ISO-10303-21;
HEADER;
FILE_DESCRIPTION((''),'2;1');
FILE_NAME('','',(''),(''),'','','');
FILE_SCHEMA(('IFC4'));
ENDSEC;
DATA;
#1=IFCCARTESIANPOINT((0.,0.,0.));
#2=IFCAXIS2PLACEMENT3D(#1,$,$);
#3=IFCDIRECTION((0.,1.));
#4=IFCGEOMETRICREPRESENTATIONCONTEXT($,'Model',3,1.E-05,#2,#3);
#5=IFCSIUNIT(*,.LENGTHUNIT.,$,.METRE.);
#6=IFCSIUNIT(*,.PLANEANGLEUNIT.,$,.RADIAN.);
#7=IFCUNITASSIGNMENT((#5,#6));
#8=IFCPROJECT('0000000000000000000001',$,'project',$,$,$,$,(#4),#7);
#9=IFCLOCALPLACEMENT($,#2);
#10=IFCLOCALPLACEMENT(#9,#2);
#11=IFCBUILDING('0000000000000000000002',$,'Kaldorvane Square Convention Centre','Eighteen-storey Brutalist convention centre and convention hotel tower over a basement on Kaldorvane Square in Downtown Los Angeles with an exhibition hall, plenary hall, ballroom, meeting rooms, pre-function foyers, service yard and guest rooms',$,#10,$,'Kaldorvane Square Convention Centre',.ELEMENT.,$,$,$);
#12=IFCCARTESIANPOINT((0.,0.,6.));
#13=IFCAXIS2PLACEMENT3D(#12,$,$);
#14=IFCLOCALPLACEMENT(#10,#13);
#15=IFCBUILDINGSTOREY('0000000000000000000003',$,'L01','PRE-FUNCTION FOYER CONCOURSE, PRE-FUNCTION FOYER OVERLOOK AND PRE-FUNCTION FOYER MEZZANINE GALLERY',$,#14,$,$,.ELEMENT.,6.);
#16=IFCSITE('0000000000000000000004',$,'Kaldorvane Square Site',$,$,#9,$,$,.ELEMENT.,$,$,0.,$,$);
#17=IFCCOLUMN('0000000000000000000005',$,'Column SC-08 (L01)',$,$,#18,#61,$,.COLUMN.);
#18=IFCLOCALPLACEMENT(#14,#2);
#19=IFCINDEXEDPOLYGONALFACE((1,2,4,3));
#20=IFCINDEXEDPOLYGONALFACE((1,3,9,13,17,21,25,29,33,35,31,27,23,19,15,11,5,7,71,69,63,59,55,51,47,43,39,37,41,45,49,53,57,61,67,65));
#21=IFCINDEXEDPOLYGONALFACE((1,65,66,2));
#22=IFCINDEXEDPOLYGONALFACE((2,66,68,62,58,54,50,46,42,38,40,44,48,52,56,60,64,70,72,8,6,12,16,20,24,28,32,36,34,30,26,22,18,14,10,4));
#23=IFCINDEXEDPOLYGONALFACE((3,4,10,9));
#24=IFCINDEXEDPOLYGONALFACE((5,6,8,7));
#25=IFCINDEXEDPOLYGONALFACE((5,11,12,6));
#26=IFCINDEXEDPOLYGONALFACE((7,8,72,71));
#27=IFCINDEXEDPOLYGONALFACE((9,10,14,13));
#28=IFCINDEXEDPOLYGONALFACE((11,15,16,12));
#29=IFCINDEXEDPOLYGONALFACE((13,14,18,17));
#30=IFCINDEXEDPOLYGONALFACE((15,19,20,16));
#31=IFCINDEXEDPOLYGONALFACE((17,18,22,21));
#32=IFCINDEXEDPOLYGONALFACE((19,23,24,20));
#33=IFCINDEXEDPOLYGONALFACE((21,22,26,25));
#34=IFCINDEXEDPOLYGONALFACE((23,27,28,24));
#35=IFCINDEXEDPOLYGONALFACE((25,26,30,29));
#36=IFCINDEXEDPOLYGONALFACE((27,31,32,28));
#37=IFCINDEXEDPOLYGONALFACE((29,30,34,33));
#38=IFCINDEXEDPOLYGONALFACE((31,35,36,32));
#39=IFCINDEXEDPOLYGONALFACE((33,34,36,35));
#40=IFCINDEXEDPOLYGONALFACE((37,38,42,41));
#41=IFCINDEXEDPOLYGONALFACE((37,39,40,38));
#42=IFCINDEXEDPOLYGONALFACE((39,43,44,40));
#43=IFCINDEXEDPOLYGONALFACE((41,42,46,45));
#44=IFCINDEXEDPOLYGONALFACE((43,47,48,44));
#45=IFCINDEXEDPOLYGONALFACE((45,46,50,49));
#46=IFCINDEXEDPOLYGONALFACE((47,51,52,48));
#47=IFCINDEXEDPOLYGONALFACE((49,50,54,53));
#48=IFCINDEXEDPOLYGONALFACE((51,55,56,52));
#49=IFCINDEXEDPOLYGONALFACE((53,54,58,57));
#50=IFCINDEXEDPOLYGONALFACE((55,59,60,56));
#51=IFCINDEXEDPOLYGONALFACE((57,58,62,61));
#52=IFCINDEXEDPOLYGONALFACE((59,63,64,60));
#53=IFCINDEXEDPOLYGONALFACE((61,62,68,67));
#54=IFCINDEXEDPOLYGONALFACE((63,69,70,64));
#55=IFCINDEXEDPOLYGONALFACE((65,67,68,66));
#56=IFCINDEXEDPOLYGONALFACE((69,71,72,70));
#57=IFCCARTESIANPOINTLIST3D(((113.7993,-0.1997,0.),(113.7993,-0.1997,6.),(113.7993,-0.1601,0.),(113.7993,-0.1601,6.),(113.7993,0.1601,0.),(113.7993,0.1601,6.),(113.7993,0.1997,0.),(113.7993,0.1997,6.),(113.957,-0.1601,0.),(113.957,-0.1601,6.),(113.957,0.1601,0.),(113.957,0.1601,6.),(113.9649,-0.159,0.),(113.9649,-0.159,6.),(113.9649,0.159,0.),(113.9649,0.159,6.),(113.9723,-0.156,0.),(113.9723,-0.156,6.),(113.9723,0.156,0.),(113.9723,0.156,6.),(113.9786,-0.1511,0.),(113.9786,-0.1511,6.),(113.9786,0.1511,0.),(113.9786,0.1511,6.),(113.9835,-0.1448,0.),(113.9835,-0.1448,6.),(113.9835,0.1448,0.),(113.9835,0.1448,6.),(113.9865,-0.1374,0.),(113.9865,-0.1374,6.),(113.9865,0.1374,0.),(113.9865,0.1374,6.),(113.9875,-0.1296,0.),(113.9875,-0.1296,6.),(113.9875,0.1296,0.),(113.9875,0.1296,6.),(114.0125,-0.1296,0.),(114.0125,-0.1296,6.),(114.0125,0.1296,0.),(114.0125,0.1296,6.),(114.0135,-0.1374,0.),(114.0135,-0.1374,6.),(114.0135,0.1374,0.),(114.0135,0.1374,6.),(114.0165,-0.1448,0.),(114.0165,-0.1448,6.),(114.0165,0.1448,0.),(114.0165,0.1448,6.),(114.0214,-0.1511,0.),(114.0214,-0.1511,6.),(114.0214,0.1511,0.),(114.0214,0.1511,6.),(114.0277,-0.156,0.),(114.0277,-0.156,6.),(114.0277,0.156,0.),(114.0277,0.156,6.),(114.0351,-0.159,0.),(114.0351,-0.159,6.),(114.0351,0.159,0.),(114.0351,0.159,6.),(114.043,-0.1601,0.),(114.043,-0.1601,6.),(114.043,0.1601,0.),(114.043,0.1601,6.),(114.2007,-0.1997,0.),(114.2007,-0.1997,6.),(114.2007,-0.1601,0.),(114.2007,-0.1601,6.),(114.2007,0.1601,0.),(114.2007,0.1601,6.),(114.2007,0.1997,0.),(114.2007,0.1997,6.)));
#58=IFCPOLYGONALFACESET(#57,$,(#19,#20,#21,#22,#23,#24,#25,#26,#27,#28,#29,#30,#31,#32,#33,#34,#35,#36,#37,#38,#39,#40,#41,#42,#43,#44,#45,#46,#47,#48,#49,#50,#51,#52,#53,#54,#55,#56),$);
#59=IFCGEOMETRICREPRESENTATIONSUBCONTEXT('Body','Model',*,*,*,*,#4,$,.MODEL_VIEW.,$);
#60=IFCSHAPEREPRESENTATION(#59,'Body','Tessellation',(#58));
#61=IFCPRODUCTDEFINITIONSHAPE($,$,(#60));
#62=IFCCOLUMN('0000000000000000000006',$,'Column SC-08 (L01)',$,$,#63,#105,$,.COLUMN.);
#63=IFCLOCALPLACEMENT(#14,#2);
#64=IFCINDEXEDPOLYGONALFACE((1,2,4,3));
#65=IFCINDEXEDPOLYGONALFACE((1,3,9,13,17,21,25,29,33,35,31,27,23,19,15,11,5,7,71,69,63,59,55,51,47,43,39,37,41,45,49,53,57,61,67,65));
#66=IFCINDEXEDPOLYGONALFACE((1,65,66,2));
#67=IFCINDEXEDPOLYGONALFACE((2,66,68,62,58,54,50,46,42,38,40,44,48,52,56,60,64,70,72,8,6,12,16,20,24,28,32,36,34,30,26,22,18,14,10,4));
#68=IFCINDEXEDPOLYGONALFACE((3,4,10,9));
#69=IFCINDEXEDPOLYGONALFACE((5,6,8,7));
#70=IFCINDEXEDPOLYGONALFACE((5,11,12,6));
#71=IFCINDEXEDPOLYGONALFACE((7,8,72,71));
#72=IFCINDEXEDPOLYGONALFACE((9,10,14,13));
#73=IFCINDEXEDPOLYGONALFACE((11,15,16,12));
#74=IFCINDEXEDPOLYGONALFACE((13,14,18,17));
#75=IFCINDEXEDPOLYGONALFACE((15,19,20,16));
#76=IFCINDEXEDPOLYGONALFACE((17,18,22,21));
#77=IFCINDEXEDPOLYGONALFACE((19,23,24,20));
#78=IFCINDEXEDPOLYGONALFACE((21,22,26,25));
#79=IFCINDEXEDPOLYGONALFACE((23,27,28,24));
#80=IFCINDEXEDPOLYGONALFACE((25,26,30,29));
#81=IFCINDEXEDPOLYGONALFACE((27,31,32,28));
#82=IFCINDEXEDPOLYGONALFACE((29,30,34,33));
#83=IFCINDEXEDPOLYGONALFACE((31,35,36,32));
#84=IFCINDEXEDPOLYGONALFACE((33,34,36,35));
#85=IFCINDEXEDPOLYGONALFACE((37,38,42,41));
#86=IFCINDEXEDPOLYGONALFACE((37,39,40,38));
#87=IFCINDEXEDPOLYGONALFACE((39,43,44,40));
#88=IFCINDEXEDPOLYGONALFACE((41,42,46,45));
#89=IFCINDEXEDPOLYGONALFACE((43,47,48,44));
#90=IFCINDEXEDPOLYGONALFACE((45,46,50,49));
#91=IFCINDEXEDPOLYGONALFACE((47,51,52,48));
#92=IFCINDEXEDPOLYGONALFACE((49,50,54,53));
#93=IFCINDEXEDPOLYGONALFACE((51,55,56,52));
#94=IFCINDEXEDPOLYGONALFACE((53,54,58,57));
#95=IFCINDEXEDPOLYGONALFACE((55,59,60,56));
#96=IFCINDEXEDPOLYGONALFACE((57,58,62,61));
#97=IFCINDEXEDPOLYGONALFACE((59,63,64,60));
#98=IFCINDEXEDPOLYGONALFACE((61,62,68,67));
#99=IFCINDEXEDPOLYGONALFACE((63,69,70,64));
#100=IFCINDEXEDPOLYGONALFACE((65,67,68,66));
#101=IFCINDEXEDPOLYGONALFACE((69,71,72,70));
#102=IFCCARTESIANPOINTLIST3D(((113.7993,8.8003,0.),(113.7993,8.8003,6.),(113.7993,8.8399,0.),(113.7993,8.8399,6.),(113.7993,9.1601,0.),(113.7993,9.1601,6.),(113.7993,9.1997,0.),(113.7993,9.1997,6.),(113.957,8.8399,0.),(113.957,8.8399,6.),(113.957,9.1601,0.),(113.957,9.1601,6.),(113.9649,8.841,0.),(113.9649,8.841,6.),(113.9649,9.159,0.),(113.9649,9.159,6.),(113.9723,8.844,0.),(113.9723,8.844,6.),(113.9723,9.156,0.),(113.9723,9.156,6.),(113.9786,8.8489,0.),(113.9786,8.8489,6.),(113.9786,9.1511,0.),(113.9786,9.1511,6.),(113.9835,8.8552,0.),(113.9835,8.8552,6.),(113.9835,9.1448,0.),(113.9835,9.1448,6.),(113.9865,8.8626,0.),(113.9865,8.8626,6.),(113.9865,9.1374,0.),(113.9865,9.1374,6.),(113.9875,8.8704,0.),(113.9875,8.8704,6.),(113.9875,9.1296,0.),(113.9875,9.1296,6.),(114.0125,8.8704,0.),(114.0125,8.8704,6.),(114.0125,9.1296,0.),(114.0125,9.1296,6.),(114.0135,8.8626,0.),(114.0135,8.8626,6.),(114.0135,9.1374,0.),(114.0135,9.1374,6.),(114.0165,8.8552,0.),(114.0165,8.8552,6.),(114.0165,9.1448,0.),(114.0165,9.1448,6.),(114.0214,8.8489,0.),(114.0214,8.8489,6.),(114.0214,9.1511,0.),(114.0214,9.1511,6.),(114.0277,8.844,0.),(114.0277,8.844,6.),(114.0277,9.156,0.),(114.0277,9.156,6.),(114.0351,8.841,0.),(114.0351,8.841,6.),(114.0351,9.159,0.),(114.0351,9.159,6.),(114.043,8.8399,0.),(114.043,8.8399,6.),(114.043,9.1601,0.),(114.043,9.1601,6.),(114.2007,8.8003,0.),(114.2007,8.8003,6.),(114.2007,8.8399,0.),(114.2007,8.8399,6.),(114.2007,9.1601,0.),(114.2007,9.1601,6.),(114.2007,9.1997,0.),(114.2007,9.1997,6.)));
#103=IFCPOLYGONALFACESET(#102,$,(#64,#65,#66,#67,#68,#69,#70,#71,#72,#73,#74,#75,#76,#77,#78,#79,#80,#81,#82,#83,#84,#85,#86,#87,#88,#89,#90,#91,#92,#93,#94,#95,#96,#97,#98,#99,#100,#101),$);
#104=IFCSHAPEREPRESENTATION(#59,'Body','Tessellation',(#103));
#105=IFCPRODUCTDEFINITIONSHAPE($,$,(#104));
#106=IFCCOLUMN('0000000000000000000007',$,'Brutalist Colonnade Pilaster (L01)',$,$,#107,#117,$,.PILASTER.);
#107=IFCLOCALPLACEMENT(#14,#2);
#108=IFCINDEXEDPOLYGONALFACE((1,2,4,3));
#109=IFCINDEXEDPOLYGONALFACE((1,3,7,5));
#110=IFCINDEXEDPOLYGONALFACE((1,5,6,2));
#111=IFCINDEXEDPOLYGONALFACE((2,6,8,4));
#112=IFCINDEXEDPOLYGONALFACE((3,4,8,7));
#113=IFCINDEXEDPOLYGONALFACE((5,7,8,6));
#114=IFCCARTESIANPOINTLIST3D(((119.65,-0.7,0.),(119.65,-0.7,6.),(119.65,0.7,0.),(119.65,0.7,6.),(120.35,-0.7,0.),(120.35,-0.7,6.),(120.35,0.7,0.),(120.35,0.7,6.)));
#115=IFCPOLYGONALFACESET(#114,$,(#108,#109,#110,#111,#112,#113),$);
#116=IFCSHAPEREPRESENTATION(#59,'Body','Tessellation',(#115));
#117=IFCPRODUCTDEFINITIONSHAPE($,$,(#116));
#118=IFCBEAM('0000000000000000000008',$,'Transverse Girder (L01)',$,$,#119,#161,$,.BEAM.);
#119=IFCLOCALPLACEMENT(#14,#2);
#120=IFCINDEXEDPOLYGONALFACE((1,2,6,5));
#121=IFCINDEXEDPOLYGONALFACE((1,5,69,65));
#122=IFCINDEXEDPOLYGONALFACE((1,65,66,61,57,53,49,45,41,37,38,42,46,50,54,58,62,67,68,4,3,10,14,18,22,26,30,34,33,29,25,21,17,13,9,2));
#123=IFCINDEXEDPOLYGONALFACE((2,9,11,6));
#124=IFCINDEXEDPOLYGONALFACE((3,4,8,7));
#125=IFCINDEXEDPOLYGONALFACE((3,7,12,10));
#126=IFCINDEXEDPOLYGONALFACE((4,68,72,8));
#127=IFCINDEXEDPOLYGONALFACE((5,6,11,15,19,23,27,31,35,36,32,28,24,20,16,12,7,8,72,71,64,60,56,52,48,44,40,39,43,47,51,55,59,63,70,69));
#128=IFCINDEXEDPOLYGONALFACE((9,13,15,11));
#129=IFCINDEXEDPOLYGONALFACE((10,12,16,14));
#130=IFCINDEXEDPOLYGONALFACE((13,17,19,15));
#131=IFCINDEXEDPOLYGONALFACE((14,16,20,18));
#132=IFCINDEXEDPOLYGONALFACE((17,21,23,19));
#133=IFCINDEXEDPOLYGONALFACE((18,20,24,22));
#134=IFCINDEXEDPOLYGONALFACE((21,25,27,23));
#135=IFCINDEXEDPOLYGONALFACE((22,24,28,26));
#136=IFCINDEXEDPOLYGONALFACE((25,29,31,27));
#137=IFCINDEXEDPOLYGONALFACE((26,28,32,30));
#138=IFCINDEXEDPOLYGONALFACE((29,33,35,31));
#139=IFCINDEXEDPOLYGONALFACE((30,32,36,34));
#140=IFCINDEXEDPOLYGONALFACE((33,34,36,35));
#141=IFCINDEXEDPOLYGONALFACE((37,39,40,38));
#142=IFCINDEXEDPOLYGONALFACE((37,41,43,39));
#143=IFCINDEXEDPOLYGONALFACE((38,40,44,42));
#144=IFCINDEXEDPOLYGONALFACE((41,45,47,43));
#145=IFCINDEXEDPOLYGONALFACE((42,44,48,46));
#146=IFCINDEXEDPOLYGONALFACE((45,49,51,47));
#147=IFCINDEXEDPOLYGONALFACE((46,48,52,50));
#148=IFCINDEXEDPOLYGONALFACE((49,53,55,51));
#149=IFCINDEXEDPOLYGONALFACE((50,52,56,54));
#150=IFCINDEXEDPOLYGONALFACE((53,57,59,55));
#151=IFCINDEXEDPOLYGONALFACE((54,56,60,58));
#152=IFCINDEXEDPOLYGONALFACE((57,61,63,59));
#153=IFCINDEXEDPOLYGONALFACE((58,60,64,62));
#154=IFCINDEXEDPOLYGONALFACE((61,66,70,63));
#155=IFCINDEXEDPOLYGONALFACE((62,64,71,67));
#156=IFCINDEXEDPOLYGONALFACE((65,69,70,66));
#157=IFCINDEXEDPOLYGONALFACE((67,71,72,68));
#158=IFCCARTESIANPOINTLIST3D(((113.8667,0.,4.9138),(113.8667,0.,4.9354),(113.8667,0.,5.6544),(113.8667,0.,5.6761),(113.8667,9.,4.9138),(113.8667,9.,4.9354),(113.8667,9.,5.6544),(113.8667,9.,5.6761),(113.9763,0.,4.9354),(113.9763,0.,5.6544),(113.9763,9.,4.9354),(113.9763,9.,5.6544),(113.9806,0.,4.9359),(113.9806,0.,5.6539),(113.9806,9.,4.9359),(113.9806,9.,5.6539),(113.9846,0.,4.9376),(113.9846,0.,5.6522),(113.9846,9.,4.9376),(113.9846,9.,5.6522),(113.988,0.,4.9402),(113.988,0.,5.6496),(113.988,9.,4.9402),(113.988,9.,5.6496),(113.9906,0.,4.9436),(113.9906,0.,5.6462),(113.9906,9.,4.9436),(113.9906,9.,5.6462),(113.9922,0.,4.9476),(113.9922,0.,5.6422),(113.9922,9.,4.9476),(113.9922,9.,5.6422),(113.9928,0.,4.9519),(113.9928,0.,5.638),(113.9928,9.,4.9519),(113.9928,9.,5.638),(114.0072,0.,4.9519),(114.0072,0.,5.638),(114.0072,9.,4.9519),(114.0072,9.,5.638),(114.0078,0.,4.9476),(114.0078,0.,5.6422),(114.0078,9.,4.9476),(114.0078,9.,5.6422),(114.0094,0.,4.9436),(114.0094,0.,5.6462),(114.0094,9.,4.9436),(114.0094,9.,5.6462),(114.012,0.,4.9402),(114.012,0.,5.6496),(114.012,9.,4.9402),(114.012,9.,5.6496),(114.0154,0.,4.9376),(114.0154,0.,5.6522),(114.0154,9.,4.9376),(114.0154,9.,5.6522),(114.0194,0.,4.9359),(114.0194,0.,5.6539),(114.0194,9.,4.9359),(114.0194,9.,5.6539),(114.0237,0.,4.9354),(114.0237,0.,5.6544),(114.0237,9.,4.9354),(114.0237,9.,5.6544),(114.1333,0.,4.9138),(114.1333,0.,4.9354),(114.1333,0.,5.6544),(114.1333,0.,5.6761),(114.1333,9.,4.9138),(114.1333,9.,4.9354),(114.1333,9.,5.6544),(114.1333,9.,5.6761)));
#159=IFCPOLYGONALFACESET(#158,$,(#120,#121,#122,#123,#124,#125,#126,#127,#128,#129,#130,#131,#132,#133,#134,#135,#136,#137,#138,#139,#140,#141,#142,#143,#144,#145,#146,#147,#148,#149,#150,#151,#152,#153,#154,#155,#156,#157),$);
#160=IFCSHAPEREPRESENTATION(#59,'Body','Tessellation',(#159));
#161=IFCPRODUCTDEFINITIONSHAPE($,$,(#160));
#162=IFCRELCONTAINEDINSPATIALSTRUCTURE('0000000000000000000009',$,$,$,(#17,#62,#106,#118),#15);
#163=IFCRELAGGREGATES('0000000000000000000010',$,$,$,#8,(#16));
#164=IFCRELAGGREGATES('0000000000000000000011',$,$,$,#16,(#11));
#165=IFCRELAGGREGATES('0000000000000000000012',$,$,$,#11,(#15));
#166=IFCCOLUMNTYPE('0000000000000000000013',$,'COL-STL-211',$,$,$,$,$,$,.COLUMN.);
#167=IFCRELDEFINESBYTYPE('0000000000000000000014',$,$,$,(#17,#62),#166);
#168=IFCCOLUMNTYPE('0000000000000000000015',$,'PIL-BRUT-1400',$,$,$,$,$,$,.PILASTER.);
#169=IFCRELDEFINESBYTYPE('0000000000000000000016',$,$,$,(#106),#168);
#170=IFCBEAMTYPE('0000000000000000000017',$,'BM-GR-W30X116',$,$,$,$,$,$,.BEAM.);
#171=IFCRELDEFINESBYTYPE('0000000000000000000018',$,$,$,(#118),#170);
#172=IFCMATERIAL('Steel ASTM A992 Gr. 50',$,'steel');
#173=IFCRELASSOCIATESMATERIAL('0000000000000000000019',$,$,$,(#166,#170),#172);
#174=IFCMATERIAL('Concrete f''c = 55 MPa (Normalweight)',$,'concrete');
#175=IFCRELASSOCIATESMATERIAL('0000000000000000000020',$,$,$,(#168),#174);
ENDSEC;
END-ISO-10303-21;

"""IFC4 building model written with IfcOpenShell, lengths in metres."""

from ifc_helpers import new_model, si_unit, direction, frame, origin, origin_2d, place, context, subcontext, project, spatial, rectangle, i_section, extrude, material, material_profile, profile_set, type_object, element, save


model = new_model("IFC4")

# Units and contexts
model_context = context("Model", 3, precision=1e-05, world=origin(), true_north=direction((0.0, 1.0)))
body_context = subcontext(model_context, "Body", "Model", "MODEL_VIEW")
ifc_project = project(units=[si_unit("LENGTHUNIT", "METRE"), si_unit("PLANEANGLEUNIT", "RADIAN")], contexts=[model_context])

# Site, building, storey
site_placement = place(None, origin())
site = spatial("IfcSite", under=ifc_project, at=site_placement, Name="Kaldorvane Square Site", CompositionType="ELEMENT", RefElevation=0.0)
building_placement = place(site_placement, origin())
building = spatial("IfcBuilding", under=site, at=building_placement, Name="Kaldorvane Square Convention Centre", Description="Eighteen-storey Brutalist convention centre and convention hotel tower over a basement on Kaldorvane Square in Downtown Los Angeles with an exhibition hall, plenary hall, ballroom, meeting rooms, pre-function foyers, service yard and guest rooms", LongName="Kaldorvane Square Convention Centre", CompositionType="ELEMENT")
storey_placement = place(building_placement, frame((0.0, 0.0, 6.0)))
storey = spatial("IfcBuildingStorey", under=building, at=storey_placement, Name="L01", Description="PRE-FUNCTION FOYER CONCOURSE, PRE-FUNCTION FOYER OVERLOOK AND PRE-FUNCTION FOYER MEZZANINE GALLERY", CompositionType="ELEMENT", Elevation=6.0)

# Columns
ifc_material_1 = material(Name="Steel ASTM A992 Gr. 50", Category="steel")
ifc_material_profile_1 = material_profile(ifc_material_1, i_section(OverallWidth=0.4013, OverallDepth=0.3993, WebThickness=0.0249, FlangeThickness=0.0396, FilletRadius=0.0305, at=origin_2d()), Name="W14X211")
ifc_profile_set_1 = profile_set([ifc_material_profile_1], Name="Steel ASTM A992 Gr. 50")
column_type_1 = type_object("IfcColumnType", Name="COL-STL-211", PredefinedType="COLUMN", material=ifc_profile_set_1)
for number, where, z_axis, x_axis, name in (
    (1, (114.0, 0.0, 0.0), (0.0, 0.0, 1.0), (1.0, 0.0, 0.0), "Column SC-08 (L01)"),
    (2, (114.0, 9.0, 0.0), (0.0, 0.0, 1.0), (1.0, 0.0, 0.0), "Column SC-08 (L01)"),
):
    element("IfcColumn", number, at=place(storey_placement, frame(where, z_axis=z_axis, x_axis=x_axis)), inside=storey, type_object=column_type_1, Name=name, PredefinedType="COLUMN", context=body_context, shape_type="SweptSolid", body=[
        extrude(i_section(OverallWidth=0.4013, OverallDepth=0.3993, WebThickness=0.0249, FlangeThickness=0.0396, FilletRadius=0.0305, at=origin_2d()), origin(), (0.0, 0.0, 1.0), 6.0),
    ])
ifc_material_2 = material(Name="Concrete f'c = 55 MPa (Normalweight)", Category="concrete")
ifc_material_profile_2 = material_profile(ifc_material_2, rectangle(XDim=0.7, YDim=1.4, at=origin_2d()), Name="PIL1400X700")
ifc_profile_set_2 = profile_set([ifc_material_profile_2], Name="Concrete f'c = 55 MPa (Normalweight)")
column_type_2 = type_object("IfcColumnType", Name="PIL-BRUT-1400", PredefinedType="PILASTER", material=ifc_profile_set_2)
column_placement = place(storey_placement, frame((120.0, 0.0, 0.0), z_axis=(0.0, 0.0, 1.0), x_axis=(1.0, 0.0, 0.0)))
element("IfcColumn", 3, at=column_placement, inside=storey, type_object=column_type_2, Name="Brutalist Colonnade Pilaster (L01)", PredefinedType="PILASTER", context=body_context, shape_type="SweptSolid", body=[
    extrude(rectangle(XDim=0.7, YDim=1.4, at=origin_2d()), origin(), (0.0, 0.0, 1.0), 6.0),
])

# Beam
ifc_material_profile_3 = material_profile(ifc_material_1, i_section(OverallWidth=0.2666, OverallDepth=0.7623, WebThickness=0.0144, FlangeThickness=0.0216, FilletRadius=0.0165, at=origin_2d()), Name="W30X116")
ifc_profile_set_3 = profile_set([ifc_material_profile_3], Name="Steel ASTM A992 Gr. 50")
beam_type_1 = type_object("IfcBeamType", Name="BM-GR-W30X116", PredefinedType="BEAM", material=ifc_profile_set_3)
for number, where, z_axis, x_axis, name in (
    (4, (114.0, 0.0, 5.2949), (0.0, 1.0, 0.0), (-1.0, 0.0, 0.0), "Transverse Girder (L01)"),
):
    element("IfcBeam", number, at=place(storey_placement, frame(where, z_axis=z_axis, x_axis=x_axis)), inside=storey, type_object=beam_type_1, Name=name, PredefinedType="BEAM", context=body_context, shape_type="SweptSolid", body=[
        extrude(i_section(OverallWidth=0.2666, OverallDepth=0.7623, WebThickness=0.0144, FlangeThickness=0.0216, FilletRadius=0.0165, at=origin_2d()), origin(), (0.0, 0.0, 1.0), 9.0),
    ])

save(model, "model.ifc")
